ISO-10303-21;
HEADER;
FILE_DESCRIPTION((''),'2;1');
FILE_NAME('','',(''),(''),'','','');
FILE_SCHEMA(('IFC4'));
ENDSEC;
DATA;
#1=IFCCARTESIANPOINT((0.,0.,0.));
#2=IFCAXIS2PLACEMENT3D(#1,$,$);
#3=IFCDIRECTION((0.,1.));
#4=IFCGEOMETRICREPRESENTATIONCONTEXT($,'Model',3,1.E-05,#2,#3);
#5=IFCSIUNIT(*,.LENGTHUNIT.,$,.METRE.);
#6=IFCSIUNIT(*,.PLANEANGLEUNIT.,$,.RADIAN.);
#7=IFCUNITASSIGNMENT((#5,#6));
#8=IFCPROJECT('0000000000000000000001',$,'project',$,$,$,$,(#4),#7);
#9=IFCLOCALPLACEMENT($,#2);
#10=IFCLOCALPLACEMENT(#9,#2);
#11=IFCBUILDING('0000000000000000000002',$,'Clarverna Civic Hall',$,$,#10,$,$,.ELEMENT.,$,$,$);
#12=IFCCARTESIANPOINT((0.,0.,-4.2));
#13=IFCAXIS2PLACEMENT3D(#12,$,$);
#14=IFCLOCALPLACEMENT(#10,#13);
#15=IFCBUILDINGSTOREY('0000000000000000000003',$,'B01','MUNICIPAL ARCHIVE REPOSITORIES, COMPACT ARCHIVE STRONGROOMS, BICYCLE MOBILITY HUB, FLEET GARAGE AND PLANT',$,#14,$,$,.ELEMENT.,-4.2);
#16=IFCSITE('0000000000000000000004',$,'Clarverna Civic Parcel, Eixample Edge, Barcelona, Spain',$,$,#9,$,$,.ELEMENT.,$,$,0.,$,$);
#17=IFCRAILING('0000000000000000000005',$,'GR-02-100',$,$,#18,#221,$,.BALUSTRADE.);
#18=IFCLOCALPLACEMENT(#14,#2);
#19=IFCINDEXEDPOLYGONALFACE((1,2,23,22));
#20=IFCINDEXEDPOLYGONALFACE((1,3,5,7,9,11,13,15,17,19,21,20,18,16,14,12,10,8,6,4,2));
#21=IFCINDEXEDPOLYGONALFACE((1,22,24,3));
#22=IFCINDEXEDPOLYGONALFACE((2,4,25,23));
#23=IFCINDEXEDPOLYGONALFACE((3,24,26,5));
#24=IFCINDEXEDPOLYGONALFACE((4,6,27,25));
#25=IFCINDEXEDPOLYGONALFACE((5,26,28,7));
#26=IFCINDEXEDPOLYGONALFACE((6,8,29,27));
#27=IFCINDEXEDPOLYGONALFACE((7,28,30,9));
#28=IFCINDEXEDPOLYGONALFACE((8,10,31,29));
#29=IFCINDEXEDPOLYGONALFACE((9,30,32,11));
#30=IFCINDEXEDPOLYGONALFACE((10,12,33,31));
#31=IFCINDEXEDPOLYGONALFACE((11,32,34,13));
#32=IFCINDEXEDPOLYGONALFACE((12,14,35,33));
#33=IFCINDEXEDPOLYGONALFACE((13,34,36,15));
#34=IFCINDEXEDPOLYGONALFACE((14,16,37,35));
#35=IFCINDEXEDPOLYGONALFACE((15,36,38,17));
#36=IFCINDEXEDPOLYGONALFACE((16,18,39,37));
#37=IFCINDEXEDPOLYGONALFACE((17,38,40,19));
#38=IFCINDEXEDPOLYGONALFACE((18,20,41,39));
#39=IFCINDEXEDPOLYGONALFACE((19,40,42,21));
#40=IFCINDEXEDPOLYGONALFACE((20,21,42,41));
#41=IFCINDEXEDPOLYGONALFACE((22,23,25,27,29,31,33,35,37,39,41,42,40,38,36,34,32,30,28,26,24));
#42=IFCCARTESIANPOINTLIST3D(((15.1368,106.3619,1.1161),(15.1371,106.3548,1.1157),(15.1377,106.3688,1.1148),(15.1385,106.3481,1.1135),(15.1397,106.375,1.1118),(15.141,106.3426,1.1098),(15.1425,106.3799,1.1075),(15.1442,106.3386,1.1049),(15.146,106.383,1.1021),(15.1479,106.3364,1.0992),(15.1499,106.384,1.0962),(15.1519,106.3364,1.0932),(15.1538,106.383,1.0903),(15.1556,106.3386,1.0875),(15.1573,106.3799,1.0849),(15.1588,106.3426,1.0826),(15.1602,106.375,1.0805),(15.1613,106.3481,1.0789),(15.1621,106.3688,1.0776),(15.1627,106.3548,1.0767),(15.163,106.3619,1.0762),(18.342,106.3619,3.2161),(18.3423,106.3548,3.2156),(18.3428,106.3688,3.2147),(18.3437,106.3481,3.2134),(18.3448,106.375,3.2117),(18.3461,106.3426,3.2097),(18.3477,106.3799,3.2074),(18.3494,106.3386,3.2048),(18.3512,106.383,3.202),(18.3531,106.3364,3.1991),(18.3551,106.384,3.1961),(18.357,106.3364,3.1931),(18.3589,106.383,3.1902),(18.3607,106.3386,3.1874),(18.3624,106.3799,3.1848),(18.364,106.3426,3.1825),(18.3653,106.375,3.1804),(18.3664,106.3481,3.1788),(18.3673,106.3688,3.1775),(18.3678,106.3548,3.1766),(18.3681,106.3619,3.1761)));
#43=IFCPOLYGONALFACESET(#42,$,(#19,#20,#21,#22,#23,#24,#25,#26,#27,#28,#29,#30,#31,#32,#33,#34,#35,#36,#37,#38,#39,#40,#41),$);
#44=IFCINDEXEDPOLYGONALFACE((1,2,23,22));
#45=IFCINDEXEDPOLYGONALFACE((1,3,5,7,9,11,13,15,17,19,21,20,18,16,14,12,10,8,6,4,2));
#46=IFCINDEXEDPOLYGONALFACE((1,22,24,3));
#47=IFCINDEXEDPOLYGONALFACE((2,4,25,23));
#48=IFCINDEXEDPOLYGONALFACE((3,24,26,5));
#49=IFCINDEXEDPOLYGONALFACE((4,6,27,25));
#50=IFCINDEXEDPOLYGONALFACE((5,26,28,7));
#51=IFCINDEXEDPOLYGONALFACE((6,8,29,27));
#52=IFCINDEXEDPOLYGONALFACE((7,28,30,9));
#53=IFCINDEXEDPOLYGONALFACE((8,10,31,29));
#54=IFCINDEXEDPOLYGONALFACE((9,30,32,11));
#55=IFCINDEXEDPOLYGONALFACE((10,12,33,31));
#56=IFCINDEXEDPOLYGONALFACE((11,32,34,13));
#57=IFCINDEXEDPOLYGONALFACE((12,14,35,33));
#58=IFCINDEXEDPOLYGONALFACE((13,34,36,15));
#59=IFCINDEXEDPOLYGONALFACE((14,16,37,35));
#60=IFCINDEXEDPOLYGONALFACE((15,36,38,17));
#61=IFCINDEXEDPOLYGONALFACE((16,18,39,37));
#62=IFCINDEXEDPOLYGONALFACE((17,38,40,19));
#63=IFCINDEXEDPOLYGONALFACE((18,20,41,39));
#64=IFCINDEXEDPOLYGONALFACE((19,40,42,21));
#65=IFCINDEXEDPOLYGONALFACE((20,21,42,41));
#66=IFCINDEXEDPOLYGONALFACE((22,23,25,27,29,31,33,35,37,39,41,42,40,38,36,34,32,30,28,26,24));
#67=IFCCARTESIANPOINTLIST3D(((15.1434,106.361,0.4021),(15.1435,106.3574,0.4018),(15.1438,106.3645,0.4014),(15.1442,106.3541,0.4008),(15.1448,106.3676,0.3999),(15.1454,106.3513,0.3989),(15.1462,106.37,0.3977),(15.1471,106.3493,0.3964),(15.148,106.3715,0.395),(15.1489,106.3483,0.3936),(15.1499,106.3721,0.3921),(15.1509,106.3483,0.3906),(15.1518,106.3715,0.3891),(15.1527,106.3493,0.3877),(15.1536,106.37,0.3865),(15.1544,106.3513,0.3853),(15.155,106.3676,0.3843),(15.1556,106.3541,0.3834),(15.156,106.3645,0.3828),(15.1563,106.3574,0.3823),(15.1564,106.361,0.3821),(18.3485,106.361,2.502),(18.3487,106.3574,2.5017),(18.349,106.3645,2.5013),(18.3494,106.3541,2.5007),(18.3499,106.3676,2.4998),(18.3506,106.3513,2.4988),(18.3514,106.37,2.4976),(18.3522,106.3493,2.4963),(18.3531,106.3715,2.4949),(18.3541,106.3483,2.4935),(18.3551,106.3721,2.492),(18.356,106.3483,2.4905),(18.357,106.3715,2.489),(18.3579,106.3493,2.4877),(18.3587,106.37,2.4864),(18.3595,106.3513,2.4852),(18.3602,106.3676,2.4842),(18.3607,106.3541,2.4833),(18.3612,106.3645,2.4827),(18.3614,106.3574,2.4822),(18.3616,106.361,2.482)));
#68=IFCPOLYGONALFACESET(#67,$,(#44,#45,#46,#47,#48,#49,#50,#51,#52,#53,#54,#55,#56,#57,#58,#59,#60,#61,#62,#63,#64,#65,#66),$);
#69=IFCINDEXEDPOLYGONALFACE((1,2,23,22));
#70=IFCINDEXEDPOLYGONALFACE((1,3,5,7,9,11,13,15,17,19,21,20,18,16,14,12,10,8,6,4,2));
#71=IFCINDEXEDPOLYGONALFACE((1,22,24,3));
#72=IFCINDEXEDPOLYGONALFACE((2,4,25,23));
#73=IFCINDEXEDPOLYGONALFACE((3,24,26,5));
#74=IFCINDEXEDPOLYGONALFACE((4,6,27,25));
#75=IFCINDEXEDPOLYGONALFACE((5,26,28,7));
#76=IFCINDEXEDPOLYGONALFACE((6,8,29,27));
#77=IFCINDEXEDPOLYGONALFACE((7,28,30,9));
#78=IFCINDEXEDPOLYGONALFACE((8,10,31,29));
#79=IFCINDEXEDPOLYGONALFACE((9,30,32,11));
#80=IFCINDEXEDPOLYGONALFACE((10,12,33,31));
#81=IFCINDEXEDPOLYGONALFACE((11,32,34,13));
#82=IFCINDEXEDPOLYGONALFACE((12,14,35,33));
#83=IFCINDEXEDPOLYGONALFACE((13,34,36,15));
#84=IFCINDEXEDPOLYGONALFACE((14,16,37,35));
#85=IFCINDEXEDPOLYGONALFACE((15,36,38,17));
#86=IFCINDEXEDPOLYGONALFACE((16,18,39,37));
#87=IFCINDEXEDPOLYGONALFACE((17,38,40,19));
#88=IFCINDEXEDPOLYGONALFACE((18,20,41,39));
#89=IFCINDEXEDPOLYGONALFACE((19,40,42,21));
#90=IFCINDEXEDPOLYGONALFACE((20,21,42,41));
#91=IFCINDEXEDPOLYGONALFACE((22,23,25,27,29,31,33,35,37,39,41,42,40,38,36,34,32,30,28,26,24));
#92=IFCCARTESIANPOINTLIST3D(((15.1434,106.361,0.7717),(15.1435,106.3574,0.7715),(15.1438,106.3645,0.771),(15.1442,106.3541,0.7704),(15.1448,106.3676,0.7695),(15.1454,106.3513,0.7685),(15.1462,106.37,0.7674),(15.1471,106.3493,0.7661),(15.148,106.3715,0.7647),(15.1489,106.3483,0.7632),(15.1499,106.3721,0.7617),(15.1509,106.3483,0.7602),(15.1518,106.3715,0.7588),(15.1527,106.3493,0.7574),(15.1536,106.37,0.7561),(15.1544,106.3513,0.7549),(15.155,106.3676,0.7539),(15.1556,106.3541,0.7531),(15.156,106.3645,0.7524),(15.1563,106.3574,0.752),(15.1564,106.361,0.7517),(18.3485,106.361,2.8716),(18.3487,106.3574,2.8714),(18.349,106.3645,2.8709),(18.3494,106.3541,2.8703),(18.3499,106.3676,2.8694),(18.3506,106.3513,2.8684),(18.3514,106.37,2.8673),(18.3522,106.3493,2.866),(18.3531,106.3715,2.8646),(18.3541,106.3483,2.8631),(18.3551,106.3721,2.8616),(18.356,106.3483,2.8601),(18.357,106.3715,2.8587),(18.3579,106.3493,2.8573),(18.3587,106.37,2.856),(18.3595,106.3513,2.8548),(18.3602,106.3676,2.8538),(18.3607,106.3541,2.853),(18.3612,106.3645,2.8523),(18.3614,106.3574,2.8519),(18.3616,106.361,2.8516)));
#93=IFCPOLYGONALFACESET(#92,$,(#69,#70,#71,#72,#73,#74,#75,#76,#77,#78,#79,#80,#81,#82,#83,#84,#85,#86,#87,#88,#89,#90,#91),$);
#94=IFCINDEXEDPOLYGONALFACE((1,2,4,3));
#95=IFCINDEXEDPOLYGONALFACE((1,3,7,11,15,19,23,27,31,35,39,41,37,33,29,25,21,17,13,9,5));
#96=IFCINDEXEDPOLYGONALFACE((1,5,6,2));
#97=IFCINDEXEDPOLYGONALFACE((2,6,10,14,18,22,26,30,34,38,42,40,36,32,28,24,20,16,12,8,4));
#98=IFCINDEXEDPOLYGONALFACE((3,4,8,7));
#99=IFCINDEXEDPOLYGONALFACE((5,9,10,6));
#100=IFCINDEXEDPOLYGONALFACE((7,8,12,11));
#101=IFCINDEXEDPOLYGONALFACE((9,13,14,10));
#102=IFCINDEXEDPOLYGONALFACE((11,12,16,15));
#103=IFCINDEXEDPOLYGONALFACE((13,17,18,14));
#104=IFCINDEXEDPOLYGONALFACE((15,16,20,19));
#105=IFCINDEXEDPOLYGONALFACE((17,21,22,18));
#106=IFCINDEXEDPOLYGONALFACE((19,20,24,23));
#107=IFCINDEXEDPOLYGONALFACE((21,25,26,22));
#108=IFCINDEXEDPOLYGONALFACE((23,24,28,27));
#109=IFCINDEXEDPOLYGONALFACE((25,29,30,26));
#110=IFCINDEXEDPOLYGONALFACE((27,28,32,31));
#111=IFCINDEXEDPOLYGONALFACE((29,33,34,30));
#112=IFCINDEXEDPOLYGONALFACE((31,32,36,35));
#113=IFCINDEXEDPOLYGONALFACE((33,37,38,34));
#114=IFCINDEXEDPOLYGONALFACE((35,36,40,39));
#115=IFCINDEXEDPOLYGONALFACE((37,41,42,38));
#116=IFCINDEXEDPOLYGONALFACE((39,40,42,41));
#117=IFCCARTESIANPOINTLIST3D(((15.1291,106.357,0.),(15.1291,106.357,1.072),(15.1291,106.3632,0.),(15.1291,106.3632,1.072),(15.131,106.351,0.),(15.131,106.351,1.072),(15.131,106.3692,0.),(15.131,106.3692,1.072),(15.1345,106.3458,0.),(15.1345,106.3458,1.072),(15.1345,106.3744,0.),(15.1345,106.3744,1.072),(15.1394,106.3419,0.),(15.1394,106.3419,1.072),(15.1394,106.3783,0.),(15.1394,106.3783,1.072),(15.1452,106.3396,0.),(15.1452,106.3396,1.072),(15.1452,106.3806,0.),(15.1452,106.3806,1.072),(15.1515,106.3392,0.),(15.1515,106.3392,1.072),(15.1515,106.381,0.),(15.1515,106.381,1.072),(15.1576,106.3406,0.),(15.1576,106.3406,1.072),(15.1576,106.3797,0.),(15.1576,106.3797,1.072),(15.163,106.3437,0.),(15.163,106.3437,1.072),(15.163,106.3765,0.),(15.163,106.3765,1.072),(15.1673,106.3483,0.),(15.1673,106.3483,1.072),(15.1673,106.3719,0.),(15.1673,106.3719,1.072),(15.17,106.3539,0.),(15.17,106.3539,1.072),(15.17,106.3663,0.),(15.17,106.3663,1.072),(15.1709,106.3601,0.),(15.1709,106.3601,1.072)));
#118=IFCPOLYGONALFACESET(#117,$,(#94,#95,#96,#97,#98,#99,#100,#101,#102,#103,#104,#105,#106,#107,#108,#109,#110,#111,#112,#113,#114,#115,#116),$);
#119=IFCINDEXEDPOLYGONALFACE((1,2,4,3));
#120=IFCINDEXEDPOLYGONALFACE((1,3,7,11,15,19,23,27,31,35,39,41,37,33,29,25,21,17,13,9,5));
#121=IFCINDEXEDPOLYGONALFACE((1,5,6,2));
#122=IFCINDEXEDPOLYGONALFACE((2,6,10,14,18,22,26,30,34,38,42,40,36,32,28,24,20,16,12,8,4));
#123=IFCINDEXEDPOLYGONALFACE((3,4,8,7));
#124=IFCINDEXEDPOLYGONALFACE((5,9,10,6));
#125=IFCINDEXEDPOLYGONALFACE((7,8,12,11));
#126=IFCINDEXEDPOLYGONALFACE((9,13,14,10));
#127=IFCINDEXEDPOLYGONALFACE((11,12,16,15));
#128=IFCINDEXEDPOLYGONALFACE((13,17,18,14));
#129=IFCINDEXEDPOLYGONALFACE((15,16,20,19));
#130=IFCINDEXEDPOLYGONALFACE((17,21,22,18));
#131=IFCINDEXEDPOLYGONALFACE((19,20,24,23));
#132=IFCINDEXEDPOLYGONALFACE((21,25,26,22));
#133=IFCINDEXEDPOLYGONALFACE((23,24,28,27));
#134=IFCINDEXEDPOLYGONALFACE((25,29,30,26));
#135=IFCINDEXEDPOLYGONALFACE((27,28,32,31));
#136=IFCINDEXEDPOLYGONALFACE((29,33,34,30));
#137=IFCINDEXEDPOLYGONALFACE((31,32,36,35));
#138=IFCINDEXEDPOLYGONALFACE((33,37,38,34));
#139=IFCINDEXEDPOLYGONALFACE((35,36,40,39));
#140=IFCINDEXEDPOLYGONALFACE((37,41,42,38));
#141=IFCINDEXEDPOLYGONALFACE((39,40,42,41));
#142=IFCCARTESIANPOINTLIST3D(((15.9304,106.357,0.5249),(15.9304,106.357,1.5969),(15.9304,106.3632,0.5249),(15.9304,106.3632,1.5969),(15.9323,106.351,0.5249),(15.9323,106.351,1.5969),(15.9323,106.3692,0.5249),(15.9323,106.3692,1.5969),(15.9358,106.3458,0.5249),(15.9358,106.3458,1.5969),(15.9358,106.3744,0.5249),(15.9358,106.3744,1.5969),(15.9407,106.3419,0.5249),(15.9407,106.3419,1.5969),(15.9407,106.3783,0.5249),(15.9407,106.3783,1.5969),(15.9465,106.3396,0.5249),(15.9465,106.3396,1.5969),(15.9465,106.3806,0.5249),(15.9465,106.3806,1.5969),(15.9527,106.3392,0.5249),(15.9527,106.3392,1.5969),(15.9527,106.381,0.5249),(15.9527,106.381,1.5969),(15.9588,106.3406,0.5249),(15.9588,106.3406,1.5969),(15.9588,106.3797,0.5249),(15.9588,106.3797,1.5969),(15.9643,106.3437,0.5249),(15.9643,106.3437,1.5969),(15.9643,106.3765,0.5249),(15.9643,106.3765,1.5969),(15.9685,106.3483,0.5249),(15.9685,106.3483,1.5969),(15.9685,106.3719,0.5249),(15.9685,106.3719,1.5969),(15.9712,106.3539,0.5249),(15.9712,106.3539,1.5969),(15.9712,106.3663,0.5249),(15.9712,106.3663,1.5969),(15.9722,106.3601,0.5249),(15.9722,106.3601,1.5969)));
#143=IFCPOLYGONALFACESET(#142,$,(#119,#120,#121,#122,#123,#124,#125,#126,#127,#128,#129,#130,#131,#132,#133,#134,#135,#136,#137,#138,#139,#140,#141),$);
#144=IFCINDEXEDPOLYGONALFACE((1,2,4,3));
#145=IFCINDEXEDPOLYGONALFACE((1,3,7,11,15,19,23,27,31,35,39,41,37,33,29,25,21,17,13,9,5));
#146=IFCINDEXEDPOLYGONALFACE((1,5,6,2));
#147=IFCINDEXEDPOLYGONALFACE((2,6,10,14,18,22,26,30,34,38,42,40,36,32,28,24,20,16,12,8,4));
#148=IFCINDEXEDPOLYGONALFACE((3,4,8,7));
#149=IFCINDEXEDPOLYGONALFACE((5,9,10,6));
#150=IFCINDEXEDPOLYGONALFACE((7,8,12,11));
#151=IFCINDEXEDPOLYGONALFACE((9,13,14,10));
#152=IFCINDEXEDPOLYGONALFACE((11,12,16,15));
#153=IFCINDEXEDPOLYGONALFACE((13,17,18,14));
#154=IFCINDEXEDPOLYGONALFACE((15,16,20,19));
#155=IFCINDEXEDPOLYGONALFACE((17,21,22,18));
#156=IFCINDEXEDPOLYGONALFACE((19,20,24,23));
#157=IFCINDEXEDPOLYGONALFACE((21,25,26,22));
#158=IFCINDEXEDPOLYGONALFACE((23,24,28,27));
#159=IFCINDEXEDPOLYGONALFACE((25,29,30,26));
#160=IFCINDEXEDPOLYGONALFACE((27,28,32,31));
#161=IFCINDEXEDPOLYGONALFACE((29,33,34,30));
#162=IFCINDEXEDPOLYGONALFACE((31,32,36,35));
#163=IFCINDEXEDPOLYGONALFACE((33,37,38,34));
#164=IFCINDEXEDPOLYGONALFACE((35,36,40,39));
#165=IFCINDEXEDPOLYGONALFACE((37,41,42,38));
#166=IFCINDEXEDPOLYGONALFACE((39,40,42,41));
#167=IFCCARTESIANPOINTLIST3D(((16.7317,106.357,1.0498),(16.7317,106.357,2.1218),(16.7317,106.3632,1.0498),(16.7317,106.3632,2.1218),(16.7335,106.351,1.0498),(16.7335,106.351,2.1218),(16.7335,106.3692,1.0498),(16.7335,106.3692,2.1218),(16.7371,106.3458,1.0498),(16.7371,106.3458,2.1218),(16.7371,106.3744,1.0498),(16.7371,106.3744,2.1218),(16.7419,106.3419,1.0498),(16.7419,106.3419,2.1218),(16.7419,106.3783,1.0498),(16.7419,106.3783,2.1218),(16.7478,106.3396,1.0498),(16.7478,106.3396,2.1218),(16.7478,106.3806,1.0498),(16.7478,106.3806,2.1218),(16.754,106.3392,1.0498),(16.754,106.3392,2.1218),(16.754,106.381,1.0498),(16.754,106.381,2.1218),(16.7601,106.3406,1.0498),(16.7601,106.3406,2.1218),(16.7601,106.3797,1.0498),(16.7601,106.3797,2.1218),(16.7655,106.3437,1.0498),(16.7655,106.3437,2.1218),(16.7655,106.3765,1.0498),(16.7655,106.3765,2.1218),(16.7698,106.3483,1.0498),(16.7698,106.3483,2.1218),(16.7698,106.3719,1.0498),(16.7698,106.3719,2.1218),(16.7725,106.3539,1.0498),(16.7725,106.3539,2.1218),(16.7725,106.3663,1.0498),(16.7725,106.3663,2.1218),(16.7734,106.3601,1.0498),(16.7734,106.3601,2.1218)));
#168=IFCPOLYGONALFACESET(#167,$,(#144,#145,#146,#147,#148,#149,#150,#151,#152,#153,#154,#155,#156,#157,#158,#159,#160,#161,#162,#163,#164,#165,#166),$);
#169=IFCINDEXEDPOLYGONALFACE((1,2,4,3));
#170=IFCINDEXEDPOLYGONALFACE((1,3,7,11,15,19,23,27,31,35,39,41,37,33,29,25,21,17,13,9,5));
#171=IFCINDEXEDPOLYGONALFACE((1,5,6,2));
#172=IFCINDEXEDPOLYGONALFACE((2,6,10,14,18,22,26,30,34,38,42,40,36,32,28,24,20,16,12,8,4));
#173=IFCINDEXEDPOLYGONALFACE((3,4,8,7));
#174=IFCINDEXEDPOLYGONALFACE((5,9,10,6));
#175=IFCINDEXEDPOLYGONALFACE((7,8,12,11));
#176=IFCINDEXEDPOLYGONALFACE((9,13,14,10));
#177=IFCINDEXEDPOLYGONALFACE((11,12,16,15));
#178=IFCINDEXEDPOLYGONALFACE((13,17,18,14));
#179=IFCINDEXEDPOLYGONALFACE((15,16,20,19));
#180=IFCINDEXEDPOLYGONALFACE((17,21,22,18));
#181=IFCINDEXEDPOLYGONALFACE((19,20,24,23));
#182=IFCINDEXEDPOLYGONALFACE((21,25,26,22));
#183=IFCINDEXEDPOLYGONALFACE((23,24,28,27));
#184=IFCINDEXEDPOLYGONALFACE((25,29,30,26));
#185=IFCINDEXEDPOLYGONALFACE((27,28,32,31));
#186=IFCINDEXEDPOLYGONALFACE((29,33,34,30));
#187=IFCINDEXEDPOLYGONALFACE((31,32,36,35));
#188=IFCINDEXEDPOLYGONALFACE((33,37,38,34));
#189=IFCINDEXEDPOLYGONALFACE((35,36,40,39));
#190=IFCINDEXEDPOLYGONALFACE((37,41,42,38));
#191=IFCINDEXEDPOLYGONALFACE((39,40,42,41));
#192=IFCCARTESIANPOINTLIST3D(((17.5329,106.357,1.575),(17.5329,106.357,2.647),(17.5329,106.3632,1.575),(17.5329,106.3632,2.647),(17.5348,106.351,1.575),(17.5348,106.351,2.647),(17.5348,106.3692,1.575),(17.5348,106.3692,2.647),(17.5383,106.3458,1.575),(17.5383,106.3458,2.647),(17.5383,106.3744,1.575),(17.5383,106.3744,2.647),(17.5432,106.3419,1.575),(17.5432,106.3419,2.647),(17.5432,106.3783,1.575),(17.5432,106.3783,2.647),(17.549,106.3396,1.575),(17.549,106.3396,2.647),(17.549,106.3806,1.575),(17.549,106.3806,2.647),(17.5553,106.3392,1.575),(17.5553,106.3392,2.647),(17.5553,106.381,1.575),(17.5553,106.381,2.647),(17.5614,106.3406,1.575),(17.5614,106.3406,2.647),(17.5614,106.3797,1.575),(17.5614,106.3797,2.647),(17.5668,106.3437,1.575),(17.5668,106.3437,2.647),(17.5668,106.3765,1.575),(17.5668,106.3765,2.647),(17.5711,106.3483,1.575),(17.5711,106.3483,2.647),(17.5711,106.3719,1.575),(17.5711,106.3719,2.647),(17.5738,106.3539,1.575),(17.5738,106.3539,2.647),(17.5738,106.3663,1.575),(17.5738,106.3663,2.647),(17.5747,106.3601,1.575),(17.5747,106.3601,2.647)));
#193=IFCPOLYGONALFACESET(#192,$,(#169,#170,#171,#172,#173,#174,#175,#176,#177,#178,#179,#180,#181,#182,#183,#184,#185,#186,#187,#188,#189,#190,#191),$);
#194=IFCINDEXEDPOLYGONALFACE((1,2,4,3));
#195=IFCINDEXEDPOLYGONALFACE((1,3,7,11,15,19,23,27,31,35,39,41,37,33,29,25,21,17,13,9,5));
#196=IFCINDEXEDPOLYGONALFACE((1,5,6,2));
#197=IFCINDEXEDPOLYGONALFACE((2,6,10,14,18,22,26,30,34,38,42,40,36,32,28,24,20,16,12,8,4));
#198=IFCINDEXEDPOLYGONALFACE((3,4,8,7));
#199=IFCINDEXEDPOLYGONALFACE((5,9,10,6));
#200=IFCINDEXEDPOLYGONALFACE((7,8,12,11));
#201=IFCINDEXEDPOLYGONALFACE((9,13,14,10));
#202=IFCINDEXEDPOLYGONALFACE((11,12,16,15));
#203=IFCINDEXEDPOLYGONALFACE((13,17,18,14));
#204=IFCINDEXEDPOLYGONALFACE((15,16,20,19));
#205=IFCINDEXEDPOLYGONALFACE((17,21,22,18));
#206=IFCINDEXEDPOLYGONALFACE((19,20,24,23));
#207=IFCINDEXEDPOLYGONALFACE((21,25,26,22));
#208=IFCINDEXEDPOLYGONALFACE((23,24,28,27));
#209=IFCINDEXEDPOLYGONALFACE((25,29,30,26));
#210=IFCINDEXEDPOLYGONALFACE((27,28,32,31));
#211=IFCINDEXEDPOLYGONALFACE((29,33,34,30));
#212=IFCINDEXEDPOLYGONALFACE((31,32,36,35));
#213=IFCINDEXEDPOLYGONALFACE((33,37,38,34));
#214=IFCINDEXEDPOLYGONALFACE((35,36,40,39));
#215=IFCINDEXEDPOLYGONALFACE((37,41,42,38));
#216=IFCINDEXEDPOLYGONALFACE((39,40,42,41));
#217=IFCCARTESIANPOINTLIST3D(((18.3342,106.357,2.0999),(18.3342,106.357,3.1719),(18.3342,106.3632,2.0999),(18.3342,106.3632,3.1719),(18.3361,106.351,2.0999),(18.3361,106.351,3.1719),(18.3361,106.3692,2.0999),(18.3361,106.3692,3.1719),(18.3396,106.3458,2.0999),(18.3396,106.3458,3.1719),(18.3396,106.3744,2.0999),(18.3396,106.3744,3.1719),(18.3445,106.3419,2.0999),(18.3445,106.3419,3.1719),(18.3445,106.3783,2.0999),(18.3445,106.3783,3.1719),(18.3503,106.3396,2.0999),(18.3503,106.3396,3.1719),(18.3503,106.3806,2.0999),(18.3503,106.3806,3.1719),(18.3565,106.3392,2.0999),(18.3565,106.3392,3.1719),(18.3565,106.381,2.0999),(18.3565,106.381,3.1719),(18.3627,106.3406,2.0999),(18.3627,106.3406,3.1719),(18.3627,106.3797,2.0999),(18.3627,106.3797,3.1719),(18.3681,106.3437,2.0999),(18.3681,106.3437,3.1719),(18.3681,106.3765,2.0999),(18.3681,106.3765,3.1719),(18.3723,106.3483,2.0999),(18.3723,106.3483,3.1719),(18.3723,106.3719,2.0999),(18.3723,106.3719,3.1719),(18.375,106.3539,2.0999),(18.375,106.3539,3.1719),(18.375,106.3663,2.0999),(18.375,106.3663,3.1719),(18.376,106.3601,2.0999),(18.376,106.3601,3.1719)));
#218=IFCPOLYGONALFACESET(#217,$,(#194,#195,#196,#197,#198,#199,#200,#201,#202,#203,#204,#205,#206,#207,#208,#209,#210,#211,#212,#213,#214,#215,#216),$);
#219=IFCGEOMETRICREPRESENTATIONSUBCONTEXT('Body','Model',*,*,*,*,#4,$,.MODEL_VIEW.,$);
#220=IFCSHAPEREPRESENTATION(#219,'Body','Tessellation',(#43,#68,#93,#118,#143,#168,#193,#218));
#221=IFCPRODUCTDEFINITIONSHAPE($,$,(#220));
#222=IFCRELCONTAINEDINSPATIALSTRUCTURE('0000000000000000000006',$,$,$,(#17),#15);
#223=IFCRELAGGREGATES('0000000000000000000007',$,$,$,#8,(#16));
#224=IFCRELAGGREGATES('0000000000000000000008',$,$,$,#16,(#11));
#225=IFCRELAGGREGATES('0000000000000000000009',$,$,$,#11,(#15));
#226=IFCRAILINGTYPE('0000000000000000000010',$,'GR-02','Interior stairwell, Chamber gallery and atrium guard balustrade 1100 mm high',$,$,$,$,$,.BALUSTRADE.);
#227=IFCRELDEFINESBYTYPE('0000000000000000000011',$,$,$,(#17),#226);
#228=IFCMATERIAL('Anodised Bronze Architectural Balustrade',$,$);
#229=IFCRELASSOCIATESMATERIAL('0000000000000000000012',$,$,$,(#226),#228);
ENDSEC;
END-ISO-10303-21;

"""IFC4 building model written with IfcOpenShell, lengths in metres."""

from ifc_helpers import new_model, si_unit, direction, frame, origin, origin_2d, place, context, subcontext, project, spatial, circle, extrude, material, type_object, element, save


model = new_model("IFC4")

# Units and contexts
model_context = context("Model", 3, precision=1e-05, world=origin(), true_north=direction((0.0, 1.0)))
body_context = subcontext(model_context, "Body", "Model", "MODEL_VIEW")
ifc_project = project(units=[si_unit("LENGTHUNIT", "METRE"), si_unit("PLANEANGLEUNIT", "RADIAN")], contexts=[model_context])

# Site, building, storey
site_placement = place(None, origin())
site = spatial("IfcSite", under=ifc_project, at=site_placement, Name="Clarverna Civic Parcel, Eixample Edge, Barcelona, Spain", CompositionType="ELEMENT", RefElevation=0.0)
building_placement = place(site_placement, origin())
building = spatial("IfcBuilding", under=site, at=building_placement, Name="Clarverna Civic Hall", CompositionType="ELEMENT")
storey_placement = place(building_placement, frame((0.0, 0.0, -4.2)))
storey = spatial("IfcBuildingStorey", under=building, at=storey_placement, Name="B01", Description="MUNICIPAL ARCHIVE REPOSITORIES, COMPACT ARCHIVE STRONGROOMS, BICYCLE MOBILITY HUB, FLEET GARAGE AND PLANT", CompositionType="ELEMENT", Elevation=-4.2)

# Railing
ifc_material_1 = material(Name="Anodised Bronze Architectural Balustrade")
railing_type = type_object("IfcRailingType", Name="GR-02", Description="Interior stairwell, Chamber gallery and atrium guard balustrade 1100 mm high", PredefinedType="BALUSTRADE", material=ifc_material_1)
railing_placement = place(storey_placement, frame((15.1499, 106.3601, 0.0)))
element("IfcRailing", 1, at=railing_placement, inside=storey, type_object=railing_type, Name="GR-02-100", PredefinedType="BALUSTRADE", context=body_context, shape_type="SweptSolid", body=[
    extrude(circle(Radius=0.0239, at=origin_2d()), frame((0.0, 0.0, 1.0962), z_axis=(0.836464, 0.0, 0.548022), x_axis=(0.0, 1.0, 0.0)), (0.0, 0.0, 1.0), 3.8318),
    extrude(circle(Radius=0.012, at=origin_2d()), frame((0.0, 0.0, 0.3921), z_axis=(0.836464, 0.0, 0.548022), x_axis=(0.0, 1.0, 0.0)), (0.0, 0.0, 1.0), 3.8318),
    extrude(circle(Radius=0.012, at=origin_2d()), frame((0.0, 0.0, 0.7617), z_axis=(0.836464, 0.0, 0.548022), x_axis=(0.0, 1.0, 0.0)), (0.0, 0.0, 1.0), 3.8318),
    extrude(circle(Radius=0.021, at=origin_2d()), origin(), (0.0, 0.0, 1.0), 1.072),
    extrude(circle(Radius=0.021, at=origin_2d()), frame((0.8013, 0.0, 0.5249)), (0.0, 0.0, 1.0), 1.072),
    extrude(circle(Radius=0.021, at=origin_2d()), frame((1.6025, 0.0, 1.0498)), (0.0, 0.0, 1.0), 1.072),
    extrude(circle(Radius=0.021, at=origin_2d()), frame((2.4038, 0.0, 1.575)), (0.0, 0.0, 1.0), 1.072),
    extrude(circle(Radius=0.021, at=origin_2d()), frame((3.2051, 0.0, 2.0999)), (0.0, 0.0, 1.0), 1.072),
])

save(model, "model.ifc")
